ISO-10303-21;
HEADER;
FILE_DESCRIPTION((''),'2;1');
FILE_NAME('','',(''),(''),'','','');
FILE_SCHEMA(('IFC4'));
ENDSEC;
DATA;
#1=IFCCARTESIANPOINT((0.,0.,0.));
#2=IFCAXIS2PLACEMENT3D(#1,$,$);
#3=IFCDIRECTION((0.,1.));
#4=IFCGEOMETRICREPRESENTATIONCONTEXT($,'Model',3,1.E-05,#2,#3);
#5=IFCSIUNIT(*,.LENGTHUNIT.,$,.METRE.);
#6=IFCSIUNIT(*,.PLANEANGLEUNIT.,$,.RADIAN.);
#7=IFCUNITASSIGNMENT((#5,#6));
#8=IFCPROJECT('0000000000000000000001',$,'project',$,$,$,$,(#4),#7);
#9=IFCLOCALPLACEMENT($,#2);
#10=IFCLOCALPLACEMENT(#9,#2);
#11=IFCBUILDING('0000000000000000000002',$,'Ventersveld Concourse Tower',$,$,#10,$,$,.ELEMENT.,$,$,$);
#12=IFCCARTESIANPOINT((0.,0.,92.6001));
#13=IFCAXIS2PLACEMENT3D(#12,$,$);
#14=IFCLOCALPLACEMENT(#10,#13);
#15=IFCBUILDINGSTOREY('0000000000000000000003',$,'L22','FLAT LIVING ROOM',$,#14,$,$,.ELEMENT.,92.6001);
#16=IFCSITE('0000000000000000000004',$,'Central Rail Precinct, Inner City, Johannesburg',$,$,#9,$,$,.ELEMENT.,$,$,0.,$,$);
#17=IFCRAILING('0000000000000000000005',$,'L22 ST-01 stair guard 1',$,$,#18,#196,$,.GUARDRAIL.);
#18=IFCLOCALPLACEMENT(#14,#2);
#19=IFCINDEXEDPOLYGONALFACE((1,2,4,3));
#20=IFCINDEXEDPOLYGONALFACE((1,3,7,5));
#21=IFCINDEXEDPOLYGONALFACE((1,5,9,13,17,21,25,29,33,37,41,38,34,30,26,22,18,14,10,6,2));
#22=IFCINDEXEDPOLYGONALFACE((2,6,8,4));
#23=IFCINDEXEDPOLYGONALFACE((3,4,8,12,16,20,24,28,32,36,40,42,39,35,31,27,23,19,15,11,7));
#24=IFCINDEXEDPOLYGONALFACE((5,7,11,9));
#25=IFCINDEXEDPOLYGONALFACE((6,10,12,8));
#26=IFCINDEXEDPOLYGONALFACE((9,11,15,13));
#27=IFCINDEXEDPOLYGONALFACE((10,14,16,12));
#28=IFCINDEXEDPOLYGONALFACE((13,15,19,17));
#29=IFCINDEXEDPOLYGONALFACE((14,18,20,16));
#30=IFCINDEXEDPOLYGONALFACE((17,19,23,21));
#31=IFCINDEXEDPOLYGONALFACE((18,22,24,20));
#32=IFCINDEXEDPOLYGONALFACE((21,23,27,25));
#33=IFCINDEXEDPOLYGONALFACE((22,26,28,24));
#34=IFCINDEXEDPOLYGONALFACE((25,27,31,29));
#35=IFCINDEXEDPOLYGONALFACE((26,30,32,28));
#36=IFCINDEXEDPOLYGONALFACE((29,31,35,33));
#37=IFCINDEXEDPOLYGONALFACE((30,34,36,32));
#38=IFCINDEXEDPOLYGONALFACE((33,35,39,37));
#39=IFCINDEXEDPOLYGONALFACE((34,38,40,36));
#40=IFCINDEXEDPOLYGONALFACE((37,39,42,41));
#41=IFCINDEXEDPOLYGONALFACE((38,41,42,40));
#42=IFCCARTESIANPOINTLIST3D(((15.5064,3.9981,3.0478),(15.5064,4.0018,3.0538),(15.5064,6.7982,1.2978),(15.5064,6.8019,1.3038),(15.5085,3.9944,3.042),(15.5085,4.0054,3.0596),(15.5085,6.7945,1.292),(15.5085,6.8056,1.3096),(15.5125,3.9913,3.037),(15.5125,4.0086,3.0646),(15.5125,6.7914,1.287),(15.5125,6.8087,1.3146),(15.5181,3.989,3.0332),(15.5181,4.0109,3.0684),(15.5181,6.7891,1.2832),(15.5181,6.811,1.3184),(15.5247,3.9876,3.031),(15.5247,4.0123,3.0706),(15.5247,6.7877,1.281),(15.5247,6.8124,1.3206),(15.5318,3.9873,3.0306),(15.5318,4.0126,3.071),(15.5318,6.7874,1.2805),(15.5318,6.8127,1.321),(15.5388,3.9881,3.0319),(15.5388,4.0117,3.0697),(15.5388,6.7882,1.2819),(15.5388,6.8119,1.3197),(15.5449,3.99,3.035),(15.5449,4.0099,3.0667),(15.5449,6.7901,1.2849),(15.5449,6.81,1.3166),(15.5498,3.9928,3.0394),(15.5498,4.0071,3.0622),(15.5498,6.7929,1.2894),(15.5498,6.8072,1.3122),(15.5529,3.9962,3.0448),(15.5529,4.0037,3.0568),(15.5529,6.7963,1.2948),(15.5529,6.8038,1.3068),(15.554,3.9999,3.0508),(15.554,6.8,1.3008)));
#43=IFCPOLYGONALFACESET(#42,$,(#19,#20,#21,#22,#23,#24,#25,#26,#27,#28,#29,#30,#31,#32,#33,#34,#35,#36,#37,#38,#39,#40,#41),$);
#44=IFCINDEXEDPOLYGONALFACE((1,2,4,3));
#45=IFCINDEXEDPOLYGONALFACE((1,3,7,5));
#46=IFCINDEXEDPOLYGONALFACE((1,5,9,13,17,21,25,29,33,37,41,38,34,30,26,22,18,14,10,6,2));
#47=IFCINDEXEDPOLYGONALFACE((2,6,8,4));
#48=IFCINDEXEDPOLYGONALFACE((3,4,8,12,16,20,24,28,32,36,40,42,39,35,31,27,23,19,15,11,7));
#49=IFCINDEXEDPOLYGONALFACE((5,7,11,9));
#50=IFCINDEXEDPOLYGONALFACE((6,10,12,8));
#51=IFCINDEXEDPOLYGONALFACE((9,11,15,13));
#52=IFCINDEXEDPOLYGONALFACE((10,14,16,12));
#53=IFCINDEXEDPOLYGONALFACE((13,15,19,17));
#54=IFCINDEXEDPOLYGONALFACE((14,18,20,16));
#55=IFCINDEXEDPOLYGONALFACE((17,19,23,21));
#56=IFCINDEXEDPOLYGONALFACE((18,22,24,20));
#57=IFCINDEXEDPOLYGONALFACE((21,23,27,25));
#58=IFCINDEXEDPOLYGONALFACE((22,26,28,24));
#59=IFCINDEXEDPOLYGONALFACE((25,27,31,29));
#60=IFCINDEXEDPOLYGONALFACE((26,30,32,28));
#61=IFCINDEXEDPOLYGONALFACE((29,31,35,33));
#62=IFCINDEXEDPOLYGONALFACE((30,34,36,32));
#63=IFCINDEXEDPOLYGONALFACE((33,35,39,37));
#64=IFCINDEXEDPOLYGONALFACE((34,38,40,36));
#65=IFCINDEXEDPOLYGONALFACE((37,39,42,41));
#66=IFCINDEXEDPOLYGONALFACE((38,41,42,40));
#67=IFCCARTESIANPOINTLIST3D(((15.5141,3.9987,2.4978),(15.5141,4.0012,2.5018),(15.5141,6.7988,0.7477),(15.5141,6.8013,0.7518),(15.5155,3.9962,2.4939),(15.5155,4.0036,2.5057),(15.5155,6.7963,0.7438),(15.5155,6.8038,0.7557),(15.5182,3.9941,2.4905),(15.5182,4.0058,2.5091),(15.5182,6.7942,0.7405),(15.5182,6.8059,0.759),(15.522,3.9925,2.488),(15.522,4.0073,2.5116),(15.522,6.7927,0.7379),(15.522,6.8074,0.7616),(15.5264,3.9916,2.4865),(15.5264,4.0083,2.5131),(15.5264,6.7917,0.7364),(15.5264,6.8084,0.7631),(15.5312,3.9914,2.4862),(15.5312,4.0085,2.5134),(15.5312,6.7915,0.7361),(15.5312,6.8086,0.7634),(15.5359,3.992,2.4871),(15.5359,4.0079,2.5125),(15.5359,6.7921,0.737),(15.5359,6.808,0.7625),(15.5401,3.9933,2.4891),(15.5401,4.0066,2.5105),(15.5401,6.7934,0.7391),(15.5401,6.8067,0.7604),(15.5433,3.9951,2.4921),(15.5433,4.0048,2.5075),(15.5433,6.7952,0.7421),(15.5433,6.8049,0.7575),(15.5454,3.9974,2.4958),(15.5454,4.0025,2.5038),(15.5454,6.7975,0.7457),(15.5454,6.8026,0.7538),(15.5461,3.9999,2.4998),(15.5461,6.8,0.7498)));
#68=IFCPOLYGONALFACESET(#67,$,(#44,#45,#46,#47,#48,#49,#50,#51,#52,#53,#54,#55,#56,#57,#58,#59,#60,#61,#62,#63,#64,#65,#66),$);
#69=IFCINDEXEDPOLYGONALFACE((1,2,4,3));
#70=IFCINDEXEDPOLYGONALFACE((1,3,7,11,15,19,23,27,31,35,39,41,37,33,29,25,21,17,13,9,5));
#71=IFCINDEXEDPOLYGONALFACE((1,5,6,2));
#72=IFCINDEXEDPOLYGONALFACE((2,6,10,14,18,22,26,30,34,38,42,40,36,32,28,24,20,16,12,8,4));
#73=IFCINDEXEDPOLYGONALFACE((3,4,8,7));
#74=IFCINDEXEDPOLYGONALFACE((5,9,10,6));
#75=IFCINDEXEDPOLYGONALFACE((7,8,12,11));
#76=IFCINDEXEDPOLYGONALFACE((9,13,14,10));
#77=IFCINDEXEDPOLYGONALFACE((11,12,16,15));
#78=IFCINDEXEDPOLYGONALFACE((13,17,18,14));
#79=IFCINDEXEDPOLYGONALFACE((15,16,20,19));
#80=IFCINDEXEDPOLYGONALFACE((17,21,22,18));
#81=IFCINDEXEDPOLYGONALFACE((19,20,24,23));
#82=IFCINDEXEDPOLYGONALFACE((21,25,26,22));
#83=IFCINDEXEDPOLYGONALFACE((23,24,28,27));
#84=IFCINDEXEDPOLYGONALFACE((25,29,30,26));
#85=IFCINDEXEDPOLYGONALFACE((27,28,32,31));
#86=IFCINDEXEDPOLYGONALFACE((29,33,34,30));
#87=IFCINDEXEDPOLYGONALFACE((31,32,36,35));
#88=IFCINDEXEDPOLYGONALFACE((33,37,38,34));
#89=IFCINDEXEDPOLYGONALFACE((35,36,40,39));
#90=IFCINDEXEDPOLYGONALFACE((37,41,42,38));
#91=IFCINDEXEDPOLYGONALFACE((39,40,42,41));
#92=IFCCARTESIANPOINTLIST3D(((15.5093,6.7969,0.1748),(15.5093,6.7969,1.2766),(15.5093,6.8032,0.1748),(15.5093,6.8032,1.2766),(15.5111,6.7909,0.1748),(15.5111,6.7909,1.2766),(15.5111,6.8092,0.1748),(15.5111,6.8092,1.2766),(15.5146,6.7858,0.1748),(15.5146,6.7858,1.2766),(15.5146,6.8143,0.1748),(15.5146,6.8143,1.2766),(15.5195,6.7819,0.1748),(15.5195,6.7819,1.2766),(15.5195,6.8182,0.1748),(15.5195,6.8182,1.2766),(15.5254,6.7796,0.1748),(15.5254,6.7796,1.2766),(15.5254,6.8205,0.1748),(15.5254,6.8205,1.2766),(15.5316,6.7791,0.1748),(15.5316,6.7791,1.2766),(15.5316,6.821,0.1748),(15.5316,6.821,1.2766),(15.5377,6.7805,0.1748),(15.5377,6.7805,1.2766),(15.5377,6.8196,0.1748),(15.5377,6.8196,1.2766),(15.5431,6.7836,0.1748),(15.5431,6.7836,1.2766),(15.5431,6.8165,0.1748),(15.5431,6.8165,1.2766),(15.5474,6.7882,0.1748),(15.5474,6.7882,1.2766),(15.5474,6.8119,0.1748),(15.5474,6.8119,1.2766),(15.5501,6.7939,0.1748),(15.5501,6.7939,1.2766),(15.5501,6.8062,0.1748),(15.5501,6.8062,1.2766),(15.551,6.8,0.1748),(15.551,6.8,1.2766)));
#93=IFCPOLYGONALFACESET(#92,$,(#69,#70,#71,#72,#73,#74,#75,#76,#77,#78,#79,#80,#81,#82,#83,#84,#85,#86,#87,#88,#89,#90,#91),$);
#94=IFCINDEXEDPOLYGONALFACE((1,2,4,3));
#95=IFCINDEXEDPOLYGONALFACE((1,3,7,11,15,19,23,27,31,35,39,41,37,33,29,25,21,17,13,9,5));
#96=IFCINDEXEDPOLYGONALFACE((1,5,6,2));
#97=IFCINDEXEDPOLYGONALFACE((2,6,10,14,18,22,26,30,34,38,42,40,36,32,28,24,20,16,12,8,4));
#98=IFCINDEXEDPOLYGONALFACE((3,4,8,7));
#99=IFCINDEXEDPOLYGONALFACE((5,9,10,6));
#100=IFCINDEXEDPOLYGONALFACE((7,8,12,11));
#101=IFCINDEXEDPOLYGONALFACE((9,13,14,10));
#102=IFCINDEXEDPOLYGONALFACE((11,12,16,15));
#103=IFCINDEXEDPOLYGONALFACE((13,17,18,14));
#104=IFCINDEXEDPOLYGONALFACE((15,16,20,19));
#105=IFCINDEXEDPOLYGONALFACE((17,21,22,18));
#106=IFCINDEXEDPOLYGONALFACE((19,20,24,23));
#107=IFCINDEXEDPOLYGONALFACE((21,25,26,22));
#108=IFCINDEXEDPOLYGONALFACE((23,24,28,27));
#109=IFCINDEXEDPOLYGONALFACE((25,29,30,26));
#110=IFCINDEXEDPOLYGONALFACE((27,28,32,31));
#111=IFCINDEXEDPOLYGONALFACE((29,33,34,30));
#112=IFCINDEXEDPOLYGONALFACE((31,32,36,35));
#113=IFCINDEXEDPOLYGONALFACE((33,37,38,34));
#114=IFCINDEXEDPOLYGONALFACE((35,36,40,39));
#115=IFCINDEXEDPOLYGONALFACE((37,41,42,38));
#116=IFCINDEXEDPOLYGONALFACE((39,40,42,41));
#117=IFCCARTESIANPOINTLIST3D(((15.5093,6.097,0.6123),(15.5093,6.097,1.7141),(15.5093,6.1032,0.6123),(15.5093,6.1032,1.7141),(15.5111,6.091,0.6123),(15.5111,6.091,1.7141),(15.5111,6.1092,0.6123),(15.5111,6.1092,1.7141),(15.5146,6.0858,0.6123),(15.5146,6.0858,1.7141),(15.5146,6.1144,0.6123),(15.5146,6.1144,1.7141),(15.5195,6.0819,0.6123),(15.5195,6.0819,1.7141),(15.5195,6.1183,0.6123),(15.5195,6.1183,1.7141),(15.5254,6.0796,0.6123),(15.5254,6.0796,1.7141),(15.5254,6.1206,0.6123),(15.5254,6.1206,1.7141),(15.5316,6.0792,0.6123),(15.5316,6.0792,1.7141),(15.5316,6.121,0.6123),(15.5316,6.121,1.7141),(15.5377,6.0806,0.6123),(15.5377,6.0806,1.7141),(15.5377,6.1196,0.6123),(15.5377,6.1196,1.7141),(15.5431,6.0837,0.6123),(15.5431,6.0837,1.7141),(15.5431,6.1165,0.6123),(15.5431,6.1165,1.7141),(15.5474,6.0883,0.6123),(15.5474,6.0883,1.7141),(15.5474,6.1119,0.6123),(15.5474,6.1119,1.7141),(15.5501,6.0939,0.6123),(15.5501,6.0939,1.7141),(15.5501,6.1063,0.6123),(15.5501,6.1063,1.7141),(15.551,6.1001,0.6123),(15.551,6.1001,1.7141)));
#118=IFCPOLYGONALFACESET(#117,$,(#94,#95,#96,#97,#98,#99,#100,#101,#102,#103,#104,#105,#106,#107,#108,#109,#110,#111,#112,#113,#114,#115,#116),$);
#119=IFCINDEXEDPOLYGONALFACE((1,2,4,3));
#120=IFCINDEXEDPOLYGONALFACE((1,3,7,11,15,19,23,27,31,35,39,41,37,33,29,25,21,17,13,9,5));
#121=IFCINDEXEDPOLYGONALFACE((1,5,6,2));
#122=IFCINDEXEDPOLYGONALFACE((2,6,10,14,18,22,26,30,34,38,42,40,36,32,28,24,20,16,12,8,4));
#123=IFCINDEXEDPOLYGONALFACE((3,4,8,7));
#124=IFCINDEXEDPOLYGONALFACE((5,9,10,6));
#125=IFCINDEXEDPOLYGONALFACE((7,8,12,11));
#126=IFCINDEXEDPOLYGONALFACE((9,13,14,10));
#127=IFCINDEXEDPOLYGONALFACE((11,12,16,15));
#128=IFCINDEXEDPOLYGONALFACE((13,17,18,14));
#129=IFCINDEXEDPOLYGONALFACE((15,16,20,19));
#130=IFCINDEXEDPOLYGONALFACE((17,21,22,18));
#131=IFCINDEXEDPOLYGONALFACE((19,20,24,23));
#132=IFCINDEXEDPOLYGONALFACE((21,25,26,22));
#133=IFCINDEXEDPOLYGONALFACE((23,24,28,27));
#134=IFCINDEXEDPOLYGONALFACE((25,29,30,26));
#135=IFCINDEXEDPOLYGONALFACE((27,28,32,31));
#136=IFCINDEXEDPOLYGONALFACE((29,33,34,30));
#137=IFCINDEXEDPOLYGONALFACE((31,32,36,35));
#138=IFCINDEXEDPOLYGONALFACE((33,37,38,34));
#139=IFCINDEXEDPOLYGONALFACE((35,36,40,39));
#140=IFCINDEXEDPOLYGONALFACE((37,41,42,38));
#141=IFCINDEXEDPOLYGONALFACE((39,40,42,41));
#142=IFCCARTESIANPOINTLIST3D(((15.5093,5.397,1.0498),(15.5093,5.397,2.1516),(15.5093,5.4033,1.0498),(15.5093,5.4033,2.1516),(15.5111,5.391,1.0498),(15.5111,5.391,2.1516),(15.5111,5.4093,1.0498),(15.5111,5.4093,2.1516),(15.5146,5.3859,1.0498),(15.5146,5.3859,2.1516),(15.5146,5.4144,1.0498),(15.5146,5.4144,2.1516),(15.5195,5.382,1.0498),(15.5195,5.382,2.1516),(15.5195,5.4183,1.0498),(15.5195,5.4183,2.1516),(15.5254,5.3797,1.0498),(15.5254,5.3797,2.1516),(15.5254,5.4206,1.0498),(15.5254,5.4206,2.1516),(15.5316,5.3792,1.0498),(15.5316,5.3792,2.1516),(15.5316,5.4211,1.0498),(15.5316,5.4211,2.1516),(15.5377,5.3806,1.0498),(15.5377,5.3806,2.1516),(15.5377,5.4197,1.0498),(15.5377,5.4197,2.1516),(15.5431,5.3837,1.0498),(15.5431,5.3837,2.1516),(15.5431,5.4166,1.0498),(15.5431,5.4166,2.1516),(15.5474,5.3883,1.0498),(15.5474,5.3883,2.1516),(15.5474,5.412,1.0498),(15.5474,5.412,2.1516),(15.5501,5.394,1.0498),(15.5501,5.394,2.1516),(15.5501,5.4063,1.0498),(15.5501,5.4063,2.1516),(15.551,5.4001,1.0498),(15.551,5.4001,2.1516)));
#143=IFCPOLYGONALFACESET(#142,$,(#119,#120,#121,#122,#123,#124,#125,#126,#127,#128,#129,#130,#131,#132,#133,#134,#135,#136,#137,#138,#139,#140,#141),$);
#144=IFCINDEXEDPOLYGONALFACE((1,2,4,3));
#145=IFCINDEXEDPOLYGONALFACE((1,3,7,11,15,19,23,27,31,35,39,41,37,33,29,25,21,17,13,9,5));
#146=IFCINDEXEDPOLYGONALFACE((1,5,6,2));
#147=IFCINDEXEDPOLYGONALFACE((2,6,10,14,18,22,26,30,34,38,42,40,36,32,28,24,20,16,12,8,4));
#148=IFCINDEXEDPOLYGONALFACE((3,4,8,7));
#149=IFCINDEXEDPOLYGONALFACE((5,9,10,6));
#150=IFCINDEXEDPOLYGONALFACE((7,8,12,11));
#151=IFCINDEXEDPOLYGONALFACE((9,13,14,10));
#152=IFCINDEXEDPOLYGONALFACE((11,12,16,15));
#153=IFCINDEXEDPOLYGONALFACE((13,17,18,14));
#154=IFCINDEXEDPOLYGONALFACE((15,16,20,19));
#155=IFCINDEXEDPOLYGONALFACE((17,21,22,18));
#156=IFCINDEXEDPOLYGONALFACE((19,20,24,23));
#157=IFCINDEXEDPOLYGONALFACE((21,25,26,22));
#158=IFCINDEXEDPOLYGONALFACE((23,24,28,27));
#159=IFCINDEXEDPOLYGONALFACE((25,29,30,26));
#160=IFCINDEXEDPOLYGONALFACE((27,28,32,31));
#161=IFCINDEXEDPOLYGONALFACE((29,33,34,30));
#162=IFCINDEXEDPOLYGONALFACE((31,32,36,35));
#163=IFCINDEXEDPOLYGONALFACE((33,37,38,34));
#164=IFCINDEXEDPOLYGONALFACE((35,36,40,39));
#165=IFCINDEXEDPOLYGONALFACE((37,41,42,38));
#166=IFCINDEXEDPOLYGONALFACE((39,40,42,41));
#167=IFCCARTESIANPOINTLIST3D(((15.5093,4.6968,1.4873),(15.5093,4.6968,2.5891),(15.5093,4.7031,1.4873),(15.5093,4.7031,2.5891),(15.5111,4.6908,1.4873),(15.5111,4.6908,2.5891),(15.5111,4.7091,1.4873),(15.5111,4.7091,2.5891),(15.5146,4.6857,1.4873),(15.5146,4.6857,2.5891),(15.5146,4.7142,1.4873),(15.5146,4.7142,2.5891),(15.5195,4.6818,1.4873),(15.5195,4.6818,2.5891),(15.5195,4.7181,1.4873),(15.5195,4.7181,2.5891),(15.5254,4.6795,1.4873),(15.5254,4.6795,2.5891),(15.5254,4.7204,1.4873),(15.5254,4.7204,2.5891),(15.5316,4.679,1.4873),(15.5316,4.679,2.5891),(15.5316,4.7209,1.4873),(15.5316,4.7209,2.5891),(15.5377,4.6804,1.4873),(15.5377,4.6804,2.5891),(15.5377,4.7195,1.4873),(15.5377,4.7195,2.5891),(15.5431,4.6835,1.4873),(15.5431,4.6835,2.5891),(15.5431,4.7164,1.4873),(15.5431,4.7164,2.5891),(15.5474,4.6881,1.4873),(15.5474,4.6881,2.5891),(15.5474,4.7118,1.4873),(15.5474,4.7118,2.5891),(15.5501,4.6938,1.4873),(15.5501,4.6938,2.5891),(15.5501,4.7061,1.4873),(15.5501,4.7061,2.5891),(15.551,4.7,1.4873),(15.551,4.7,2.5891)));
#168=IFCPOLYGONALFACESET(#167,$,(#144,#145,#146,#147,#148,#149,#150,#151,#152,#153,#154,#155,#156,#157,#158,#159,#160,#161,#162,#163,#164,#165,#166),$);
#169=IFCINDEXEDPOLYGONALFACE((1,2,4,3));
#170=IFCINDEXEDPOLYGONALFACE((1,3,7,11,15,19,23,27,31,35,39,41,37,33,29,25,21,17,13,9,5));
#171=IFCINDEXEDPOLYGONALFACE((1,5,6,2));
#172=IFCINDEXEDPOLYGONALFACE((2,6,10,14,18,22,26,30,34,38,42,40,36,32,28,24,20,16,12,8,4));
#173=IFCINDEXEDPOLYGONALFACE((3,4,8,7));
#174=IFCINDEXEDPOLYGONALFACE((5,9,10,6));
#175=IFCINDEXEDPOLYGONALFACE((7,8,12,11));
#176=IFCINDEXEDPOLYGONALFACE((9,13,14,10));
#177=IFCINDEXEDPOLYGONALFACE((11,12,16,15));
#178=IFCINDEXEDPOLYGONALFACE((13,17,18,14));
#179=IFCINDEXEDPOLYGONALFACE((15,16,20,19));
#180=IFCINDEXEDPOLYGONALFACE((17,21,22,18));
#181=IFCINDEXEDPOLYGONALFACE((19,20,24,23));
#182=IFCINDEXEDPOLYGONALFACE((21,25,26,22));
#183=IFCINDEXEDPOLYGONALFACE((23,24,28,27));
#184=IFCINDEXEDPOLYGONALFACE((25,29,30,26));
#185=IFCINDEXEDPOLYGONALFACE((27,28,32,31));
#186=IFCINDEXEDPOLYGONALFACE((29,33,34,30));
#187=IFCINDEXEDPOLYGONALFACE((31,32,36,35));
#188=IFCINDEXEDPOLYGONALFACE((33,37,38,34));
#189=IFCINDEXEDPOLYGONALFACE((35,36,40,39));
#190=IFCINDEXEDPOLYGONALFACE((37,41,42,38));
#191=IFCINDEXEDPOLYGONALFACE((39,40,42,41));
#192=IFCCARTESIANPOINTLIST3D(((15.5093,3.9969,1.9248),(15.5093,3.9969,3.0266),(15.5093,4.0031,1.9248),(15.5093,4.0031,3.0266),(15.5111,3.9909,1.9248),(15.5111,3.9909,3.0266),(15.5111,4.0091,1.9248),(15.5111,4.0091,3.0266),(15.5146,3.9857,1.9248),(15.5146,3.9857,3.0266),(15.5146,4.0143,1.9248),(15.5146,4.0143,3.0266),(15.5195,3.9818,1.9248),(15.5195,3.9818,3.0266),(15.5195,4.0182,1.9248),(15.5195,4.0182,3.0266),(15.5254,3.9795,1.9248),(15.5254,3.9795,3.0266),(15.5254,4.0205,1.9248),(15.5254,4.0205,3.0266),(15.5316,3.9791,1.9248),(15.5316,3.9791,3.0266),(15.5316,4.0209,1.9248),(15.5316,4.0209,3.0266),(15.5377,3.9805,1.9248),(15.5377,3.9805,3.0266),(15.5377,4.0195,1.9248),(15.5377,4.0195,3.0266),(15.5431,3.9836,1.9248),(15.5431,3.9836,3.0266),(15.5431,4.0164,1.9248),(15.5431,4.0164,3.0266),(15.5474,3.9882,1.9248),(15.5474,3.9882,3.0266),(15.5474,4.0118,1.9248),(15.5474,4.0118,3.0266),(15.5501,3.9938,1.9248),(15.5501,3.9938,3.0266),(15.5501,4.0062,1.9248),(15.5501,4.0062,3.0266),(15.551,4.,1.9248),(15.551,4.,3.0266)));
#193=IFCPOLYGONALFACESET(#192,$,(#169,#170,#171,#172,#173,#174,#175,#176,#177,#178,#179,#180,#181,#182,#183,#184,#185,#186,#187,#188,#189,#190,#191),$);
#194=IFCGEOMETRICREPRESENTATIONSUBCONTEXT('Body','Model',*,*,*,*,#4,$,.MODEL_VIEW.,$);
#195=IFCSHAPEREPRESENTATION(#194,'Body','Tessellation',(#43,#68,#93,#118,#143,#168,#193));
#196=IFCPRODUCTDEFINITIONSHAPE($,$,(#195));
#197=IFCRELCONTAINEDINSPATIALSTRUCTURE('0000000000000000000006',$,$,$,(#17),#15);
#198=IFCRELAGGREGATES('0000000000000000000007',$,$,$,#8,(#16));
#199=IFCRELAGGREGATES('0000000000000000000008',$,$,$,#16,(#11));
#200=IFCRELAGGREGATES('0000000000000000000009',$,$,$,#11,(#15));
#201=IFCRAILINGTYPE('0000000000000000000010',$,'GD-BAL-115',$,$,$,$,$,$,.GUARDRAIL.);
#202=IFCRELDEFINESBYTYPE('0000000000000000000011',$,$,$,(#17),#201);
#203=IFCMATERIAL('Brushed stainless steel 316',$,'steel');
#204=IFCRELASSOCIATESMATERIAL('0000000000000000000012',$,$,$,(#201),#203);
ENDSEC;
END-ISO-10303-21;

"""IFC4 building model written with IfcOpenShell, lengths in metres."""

from ifc_helpers import new_model, si_unit, direction, frame, origin, origin_2d, place, context, subcontext, project, spatial, circle, extrude, material, type_object, element, save


model = new_model("IFC4")

# Units and contexts
model_context = context("Model", 3, precision=1e-05, world=origin(), true_north=direction((0.0, 1.0)))
body_context = subcontext(model_context, "Body", "Model", "MODEL_VIEW")
ifc_project = project(units=[si_unit("LENGTHUNIT", "METRE"), si_unit("PLANEANGLEUNIT", "RADIAN")], contexts=[model_context])

# Site, building, storey
site_placement = place(None, origin())
site = spatial("IfcSite", under=ifc_project, at=site_placement, Name="Central Rail Precinct, Inner City, Johannesburg", CompositionType="ELEMENT", RefElevation=0.0)
building_placement = place(site_placement, origin())
building = spatial("IfcBuilding", under=site, at=building_placement, Name="Ventersveld Concourse Tower", CompositionType="ELEMENT")
storey_placement = place(building_placement, frame((0.0, 0.0, 92.6001)))
storey = spatial("IfcBuildingStorey", under=building, at=storey_placement, Name="L22", Description="FLAT LIVING ROOM", CompositionType="ELEMENT", Elevation=92.6001)

# Shared definitions
ifc_material_1 = material(Name="Brushed stainless steel 316", Category="steel")

# Railing
railing_type = type_object("IfcRailingType", Name="GD-BAL-115", PredefinedType="GUARDRAIL", material=ifc_material_1)
railing_1_placement = place(storey_placement, frame((15.53, 6.8, 0.1748)))
element("IfcRailing", 1, at=railing_1_placement, inside=storey, type_object=railing_type, Name="L22 ST-01 stair guard 1", PredefinedType="GUARDRAIL", context=body_context, shape_type="SweptSolid", body=[
    extrude(circle(Radius=0.0239, at=origin_2d()), frame((0.0, 0.0, 1.126), z_axis=(0.0, -0.848002, 0.529992), x_axis=(1.0, 0.0, 0.0)), (0.0, 0.0, 1.0), 3.302),
    extrude(circle(Radius=0.0161, at=origin_2d()), frame((0.0, 0.0, 0.575), z_axis=(0.0, -0.848002, 0.529992), x_axis=(1.0, 0.0, 0.0)), (0.0, 0.0, 1.0), 3.302),
    extrude(circle(Radius=0.021, at=origin_2d()), origin(), (0.0, 0.0, 1.0), 1.1018),
    extrude(circle(Radius=0.021, at=origin_2d()), frame((0.0, -0.7, 0.4375)), (0.0, 0.0, 1.0), 1.1018),
    extrude(circle(Radius=0.021, at=origin_2d()), frame((0.0, -1.3999, 0.875)), (0.0, 0.0, 1.0), 1.1018),
    extrude(circle(Radius=0.021, at=origin_2d()), frame((0.0, -2.1001, 1.3125)), (0.0, 0.0, 1.0), 1.1018),
    extrude(circle(Radius=0.021, at=origin_2d()), frame((0.0, -2.8, 1.75)), (0.0, 0.0, 1.0), 1.1018),
])

save(model, "model.ifc")
